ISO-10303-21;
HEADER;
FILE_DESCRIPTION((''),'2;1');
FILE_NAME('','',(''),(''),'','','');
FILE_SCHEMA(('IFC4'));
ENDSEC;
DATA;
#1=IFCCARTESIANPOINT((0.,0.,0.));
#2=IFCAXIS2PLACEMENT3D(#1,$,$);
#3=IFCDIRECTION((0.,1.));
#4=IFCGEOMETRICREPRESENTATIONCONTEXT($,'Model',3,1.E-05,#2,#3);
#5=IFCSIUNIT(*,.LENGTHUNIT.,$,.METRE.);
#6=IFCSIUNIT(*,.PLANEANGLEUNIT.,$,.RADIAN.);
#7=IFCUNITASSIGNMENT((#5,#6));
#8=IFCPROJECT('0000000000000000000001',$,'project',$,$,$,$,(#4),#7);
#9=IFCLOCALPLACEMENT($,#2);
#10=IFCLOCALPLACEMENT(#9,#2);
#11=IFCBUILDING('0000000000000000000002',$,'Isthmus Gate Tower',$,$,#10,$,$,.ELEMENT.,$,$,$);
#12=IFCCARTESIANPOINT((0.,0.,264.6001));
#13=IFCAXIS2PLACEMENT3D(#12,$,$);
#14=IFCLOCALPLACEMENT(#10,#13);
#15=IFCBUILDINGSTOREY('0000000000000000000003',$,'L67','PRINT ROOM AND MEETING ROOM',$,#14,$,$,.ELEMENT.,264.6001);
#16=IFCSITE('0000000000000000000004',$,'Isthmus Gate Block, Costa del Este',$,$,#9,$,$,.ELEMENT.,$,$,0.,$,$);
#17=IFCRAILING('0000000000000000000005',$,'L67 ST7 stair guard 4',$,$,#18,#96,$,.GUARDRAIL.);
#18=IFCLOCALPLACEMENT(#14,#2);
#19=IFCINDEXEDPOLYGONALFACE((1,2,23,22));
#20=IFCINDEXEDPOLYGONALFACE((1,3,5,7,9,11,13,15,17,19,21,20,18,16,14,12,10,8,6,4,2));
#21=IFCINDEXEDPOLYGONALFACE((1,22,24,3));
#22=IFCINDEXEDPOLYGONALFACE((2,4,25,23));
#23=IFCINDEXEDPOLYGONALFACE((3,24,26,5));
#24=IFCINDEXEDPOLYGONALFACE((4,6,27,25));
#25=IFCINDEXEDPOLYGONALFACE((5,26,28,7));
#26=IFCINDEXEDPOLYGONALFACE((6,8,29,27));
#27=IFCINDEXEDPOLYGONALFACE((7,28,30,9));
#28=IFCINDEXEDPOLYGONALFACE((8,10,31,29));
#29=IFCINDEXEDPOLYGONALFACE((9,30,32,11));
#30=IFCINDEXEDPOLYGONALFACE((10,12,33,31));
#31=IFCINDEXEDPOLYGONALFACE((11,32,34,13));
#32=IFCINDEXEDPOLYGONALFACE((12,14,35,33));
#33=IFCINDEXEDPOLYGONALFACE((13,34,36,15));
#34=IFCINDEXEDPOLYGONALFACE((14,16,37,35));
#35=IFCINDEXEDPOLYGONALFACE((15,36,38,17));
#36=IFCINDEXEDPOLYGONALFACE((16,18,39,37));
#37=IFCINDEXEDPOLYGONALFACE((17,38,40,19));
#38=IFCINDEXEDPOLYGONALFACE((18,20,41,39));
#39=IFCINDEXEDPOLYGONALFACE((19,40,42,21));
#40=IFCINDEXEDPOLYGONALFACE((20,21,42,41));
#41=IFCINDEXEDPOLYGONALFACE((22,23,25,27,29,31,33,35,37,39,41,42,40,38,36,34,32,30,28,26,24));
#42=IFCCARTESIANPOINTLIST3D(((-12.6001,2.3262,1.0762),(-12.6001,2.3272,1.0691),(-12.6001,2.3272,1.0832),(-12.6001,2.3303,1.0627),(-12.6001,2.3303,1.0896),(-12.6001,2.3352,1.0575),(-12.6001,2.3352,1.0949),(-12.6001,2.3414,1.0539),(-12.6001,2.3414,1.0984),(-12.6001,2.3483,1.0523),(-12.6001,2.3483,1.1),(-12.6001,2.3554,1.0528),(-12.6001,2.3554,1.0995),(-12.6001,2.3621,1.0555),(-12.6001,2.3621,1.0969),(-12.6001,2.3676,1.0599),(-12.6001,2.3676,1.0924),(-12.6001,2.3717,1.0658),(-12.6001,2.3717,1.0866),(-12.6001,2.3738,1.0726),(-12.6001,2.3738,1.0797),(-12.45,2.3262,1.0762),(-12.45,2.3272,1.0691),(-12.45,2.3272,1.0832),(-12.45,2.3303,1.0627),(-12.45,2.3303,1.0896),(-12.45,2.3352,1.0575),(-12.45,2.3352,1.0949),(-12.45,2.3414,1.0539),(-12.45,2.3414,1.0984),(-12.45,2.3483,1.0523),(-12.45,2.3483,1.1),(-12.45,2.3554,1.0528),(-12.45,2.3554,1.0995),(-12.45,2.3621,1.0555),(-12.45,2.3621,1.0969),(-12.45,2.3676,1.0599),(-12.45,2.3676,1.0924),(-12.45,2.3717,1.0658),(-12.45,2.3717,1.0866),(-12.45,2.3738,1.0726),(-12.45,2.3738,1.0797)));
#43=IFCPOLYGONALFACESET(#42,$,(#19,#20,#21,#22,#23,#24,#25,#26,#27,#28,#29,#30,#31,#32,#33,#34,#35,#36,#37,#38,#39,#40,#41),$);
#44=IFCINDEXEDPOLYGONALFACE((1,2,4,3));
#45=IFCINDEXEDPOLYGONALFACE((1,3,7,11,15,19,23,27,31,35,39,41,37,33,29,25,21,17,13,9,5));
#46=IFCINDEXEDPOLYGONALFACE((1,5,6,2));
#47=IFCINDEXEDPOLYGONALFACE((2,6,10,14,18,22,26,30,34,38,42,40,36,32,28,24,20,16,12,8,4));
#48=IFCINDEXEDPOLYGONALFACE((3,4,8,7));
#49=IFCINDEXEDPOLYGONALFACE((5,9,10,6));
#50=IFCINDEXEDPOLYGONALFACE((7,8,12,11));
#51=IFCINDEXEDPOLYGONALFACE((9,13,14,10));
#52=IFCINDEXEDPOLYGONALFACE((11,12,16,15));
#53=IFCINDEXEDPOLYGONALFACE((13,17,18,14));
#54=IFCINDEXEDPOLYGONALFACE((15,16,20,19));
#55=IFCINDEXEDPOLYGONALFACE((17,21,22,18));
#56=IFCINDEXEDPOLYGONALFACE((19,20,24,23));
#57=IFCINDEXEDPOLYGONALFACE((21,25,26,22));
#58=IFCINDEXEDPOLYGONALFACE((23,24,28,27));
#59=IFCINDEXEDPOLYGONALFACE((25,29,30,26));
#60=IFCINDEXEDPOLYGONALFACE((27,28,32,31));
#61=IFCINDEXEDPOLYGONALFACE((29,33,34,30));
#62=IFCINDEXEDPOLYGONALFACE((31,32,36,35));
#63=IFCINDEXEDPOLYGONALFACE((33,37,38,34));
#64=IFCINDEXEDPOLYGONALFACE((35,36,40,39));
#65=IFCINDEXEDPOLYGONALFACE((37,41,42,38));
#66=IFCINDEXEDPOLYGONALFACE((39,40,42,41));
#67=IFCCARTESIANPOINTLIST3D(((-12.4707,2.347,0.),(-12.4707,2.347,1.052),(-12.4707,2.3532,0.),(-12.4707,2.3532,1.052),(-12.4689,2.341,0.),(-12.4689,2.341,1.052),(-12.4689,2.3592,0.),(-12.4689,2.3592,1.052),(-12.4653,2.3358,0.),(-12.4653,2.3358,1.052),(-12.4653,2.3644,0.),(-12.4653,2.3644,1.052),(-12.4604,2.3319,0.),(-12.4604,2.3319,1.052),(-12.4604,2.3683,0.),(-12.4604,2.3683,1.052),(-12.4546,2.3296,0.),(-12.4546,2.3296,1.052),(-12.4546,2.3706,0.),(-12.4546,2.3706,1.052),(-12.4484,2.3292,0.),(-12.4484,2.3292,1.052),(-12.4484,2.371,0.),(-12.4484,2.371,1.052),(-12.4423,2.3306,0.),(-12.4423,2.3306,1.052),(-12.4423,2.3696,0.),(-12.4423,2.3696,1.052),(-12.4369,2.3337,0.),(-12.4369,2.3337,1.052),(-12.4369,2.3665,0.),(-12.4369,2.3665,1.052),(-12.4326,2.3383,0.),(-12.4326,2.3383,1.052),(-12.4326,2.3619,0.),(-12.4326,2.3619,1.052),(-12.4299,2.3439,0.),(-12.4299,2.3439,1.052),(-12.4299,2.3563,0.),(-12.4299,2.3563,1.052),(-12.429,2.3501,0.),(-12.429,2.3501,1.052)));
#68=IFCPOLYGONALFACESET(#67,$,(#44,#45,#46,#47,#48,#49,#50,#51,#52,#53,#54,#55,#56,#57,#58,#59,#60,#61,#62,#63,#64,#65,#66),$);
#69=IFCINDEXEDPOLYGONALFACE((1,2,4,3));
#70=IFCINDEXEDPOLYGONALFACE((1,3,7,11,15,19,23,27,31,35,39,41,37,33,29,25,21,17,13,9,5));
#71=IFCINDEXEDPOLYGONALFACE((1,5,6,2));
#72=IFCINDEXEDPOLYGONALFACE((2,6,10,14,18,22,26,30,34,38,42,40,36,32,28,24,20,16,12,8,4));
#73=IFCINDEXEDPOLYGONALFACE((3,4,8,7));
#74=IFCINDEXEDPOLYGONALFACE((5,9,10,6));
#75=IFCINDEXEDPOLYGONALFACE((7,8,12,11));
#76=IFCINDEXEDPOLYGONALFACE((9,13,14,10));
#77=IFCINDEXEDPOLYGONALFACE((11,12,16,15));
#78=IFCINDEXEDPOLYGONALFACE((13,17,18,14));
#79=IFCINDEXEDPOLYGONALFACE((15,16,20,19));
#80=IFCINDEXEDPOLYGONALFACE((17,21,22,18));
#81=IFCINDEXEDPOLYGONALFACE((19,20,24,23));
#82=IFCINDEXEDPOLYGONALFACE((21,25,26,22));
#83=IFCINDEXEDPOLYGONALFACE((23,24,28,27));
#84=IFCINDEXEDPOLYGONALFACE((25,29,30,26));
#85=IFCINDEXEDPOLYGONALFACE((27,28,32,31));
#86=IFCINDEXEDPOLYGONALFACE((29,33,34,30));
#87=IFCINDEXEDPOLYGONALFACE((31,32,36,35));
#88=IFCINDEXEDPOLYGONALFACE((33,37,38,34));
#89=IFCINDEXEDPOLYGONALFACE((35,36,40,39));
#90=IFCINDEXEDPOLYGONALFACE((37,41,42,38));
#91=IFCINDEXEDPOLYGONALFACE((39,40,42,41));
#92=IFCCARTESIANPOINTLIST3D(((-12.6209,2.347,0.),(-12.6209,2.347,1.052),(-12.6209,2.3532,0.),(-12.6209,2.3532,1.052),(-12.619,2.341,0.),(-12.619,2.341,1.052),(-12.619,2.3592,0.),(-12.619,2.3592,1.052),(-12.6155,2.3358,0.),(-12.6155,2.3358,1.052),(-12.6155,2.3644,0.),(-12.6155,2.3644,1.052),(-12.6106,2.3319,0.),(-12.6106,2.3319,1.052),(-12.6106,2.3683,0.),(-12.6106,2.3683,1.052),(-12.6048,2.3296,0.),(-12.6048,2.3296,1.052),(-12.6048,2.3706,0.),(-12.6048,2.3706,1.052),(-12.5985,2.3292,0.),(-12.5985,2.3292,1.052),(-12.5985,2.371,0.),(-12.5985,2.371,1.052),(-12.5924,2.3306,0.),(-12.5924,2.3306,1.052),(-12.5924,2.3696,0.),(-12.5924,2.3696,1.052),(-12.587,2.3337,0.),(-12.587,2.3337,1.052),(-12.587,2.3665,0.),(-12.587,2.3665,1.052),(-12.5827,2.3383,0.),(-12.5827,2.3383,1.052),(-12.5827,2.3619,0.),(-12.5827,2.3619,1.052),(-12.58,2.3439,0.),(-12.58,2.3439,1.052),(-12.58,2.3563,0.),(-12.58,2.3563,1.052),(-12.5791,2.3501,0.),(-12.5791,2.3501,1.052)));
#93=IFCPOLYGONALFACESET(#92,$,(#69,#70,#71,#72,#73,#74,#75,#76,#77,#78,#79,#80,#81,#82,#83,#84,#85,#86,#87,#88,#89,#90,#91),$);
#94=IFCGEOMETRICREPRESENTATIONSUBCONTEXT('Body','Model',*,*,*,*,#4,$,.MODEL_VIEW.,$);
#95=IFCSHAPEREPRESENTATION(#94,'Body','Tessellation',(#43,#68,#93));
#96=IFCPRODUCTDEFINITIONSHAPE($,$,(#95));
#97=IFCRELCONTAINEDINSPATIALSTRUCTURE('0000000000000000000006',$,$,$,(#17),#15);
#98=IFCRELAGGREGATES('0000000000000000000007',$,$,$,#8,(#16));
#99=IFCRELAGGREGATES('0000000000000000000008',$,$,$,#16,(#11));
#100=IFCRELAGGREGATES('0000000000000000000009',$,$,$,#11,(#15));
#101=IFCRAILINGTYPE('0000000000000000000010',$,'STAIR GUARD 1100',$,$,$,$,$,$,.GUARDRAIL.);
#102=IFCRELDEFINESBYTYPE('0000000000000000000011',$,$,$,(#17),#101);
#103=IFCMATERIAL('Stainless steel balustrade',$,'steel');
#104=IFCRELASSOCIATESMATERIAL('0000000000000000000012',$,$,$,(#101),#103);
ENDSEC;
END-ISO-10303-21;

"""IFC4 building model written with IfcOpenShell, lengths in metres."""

from ifc_helpers import new_model, si_unit, direction, frame, origin, origin_2d, place, context, subcontext, project, spatial, circle, extrude, material, type_object, element, save


model = new_model("IFC4")

# Units and contexts
model_context = context("Model", 3, precision=1e-05, world=origin(), true_north=direction((0.0, 1.0)))
body_context = subcontext(model_context, "Body", "Model", "MODEL_VIEW")
ifc_project = project(units=[si_unit("LENGTHUNIT", "METRE"), si_unit("PLANEANGLEUNIT", "RADIAN")], contexts=[model_context])

# Site, building, storey
site_placement = place(None, origin())
site = spatial("IfcSite", under=ifc_project, at=site_placement, Name="Isthmus Gate Block, Costa del Este", CompositionType="ELEMENT", RefElevation=0.0)
building_placement = place(site_placement, origin())
building = spatial("IfcBuilding", under=site, at=building_placement, Name="Isthmus Gate Tower", CompositionType="ELEMENT")
storey_placement = place(building_placement, frame((0.0, 0.0, 264.6001)))
storey = spatial("IfcBuildingStorey", under=building, at=storey_placement, Name="L67", Description="PRINT ROOM AND MEETING ROOM", CompositionType="ELEMENT", Elevation=264.6001)

# Railing
ifc_material_1 = material(Name="Stainless steel balustrade", Category="steel")
railing_type_1 = type_object("IfcRailingType", Name="STAIR GUARD 1100", PredefinedType="GUARDRAIL", material=ifc_material_1)
railing_1_placement = place(storey_placement, frame((-12.45, 2.3501, 0.0)))
element("IfcRailing", 1, at=railing_1_placement, inside=storey, type_object=railing_type_1, Name="L67 ST7 stair guard 4", PredefinedType="GUARDRAIL", context=body_context, shape_type="SweptSolid", body=[
    extrude(circle(Radius=0.0239, at=origin_2d()), frame((0.0, 0.0, 1.0762), z_axis=(-1.0, 0.0, 0.0), x_axis=(0.0, -1.0, 0.0)), (0.0, 0.0, 1.0), 0.1501),
    extrude(circle(Radius=0.021, at=origin_2d()), origin(), (0.0, 0.0, 1.0), 1.052),
    extrude(circle(Radius=0.021, at=origin_2d()), frame((-0.1501, 0.0, 0.0)), (0.0, 0.0, 1.0), 1.052),
])

save(model, "model.ifc")
